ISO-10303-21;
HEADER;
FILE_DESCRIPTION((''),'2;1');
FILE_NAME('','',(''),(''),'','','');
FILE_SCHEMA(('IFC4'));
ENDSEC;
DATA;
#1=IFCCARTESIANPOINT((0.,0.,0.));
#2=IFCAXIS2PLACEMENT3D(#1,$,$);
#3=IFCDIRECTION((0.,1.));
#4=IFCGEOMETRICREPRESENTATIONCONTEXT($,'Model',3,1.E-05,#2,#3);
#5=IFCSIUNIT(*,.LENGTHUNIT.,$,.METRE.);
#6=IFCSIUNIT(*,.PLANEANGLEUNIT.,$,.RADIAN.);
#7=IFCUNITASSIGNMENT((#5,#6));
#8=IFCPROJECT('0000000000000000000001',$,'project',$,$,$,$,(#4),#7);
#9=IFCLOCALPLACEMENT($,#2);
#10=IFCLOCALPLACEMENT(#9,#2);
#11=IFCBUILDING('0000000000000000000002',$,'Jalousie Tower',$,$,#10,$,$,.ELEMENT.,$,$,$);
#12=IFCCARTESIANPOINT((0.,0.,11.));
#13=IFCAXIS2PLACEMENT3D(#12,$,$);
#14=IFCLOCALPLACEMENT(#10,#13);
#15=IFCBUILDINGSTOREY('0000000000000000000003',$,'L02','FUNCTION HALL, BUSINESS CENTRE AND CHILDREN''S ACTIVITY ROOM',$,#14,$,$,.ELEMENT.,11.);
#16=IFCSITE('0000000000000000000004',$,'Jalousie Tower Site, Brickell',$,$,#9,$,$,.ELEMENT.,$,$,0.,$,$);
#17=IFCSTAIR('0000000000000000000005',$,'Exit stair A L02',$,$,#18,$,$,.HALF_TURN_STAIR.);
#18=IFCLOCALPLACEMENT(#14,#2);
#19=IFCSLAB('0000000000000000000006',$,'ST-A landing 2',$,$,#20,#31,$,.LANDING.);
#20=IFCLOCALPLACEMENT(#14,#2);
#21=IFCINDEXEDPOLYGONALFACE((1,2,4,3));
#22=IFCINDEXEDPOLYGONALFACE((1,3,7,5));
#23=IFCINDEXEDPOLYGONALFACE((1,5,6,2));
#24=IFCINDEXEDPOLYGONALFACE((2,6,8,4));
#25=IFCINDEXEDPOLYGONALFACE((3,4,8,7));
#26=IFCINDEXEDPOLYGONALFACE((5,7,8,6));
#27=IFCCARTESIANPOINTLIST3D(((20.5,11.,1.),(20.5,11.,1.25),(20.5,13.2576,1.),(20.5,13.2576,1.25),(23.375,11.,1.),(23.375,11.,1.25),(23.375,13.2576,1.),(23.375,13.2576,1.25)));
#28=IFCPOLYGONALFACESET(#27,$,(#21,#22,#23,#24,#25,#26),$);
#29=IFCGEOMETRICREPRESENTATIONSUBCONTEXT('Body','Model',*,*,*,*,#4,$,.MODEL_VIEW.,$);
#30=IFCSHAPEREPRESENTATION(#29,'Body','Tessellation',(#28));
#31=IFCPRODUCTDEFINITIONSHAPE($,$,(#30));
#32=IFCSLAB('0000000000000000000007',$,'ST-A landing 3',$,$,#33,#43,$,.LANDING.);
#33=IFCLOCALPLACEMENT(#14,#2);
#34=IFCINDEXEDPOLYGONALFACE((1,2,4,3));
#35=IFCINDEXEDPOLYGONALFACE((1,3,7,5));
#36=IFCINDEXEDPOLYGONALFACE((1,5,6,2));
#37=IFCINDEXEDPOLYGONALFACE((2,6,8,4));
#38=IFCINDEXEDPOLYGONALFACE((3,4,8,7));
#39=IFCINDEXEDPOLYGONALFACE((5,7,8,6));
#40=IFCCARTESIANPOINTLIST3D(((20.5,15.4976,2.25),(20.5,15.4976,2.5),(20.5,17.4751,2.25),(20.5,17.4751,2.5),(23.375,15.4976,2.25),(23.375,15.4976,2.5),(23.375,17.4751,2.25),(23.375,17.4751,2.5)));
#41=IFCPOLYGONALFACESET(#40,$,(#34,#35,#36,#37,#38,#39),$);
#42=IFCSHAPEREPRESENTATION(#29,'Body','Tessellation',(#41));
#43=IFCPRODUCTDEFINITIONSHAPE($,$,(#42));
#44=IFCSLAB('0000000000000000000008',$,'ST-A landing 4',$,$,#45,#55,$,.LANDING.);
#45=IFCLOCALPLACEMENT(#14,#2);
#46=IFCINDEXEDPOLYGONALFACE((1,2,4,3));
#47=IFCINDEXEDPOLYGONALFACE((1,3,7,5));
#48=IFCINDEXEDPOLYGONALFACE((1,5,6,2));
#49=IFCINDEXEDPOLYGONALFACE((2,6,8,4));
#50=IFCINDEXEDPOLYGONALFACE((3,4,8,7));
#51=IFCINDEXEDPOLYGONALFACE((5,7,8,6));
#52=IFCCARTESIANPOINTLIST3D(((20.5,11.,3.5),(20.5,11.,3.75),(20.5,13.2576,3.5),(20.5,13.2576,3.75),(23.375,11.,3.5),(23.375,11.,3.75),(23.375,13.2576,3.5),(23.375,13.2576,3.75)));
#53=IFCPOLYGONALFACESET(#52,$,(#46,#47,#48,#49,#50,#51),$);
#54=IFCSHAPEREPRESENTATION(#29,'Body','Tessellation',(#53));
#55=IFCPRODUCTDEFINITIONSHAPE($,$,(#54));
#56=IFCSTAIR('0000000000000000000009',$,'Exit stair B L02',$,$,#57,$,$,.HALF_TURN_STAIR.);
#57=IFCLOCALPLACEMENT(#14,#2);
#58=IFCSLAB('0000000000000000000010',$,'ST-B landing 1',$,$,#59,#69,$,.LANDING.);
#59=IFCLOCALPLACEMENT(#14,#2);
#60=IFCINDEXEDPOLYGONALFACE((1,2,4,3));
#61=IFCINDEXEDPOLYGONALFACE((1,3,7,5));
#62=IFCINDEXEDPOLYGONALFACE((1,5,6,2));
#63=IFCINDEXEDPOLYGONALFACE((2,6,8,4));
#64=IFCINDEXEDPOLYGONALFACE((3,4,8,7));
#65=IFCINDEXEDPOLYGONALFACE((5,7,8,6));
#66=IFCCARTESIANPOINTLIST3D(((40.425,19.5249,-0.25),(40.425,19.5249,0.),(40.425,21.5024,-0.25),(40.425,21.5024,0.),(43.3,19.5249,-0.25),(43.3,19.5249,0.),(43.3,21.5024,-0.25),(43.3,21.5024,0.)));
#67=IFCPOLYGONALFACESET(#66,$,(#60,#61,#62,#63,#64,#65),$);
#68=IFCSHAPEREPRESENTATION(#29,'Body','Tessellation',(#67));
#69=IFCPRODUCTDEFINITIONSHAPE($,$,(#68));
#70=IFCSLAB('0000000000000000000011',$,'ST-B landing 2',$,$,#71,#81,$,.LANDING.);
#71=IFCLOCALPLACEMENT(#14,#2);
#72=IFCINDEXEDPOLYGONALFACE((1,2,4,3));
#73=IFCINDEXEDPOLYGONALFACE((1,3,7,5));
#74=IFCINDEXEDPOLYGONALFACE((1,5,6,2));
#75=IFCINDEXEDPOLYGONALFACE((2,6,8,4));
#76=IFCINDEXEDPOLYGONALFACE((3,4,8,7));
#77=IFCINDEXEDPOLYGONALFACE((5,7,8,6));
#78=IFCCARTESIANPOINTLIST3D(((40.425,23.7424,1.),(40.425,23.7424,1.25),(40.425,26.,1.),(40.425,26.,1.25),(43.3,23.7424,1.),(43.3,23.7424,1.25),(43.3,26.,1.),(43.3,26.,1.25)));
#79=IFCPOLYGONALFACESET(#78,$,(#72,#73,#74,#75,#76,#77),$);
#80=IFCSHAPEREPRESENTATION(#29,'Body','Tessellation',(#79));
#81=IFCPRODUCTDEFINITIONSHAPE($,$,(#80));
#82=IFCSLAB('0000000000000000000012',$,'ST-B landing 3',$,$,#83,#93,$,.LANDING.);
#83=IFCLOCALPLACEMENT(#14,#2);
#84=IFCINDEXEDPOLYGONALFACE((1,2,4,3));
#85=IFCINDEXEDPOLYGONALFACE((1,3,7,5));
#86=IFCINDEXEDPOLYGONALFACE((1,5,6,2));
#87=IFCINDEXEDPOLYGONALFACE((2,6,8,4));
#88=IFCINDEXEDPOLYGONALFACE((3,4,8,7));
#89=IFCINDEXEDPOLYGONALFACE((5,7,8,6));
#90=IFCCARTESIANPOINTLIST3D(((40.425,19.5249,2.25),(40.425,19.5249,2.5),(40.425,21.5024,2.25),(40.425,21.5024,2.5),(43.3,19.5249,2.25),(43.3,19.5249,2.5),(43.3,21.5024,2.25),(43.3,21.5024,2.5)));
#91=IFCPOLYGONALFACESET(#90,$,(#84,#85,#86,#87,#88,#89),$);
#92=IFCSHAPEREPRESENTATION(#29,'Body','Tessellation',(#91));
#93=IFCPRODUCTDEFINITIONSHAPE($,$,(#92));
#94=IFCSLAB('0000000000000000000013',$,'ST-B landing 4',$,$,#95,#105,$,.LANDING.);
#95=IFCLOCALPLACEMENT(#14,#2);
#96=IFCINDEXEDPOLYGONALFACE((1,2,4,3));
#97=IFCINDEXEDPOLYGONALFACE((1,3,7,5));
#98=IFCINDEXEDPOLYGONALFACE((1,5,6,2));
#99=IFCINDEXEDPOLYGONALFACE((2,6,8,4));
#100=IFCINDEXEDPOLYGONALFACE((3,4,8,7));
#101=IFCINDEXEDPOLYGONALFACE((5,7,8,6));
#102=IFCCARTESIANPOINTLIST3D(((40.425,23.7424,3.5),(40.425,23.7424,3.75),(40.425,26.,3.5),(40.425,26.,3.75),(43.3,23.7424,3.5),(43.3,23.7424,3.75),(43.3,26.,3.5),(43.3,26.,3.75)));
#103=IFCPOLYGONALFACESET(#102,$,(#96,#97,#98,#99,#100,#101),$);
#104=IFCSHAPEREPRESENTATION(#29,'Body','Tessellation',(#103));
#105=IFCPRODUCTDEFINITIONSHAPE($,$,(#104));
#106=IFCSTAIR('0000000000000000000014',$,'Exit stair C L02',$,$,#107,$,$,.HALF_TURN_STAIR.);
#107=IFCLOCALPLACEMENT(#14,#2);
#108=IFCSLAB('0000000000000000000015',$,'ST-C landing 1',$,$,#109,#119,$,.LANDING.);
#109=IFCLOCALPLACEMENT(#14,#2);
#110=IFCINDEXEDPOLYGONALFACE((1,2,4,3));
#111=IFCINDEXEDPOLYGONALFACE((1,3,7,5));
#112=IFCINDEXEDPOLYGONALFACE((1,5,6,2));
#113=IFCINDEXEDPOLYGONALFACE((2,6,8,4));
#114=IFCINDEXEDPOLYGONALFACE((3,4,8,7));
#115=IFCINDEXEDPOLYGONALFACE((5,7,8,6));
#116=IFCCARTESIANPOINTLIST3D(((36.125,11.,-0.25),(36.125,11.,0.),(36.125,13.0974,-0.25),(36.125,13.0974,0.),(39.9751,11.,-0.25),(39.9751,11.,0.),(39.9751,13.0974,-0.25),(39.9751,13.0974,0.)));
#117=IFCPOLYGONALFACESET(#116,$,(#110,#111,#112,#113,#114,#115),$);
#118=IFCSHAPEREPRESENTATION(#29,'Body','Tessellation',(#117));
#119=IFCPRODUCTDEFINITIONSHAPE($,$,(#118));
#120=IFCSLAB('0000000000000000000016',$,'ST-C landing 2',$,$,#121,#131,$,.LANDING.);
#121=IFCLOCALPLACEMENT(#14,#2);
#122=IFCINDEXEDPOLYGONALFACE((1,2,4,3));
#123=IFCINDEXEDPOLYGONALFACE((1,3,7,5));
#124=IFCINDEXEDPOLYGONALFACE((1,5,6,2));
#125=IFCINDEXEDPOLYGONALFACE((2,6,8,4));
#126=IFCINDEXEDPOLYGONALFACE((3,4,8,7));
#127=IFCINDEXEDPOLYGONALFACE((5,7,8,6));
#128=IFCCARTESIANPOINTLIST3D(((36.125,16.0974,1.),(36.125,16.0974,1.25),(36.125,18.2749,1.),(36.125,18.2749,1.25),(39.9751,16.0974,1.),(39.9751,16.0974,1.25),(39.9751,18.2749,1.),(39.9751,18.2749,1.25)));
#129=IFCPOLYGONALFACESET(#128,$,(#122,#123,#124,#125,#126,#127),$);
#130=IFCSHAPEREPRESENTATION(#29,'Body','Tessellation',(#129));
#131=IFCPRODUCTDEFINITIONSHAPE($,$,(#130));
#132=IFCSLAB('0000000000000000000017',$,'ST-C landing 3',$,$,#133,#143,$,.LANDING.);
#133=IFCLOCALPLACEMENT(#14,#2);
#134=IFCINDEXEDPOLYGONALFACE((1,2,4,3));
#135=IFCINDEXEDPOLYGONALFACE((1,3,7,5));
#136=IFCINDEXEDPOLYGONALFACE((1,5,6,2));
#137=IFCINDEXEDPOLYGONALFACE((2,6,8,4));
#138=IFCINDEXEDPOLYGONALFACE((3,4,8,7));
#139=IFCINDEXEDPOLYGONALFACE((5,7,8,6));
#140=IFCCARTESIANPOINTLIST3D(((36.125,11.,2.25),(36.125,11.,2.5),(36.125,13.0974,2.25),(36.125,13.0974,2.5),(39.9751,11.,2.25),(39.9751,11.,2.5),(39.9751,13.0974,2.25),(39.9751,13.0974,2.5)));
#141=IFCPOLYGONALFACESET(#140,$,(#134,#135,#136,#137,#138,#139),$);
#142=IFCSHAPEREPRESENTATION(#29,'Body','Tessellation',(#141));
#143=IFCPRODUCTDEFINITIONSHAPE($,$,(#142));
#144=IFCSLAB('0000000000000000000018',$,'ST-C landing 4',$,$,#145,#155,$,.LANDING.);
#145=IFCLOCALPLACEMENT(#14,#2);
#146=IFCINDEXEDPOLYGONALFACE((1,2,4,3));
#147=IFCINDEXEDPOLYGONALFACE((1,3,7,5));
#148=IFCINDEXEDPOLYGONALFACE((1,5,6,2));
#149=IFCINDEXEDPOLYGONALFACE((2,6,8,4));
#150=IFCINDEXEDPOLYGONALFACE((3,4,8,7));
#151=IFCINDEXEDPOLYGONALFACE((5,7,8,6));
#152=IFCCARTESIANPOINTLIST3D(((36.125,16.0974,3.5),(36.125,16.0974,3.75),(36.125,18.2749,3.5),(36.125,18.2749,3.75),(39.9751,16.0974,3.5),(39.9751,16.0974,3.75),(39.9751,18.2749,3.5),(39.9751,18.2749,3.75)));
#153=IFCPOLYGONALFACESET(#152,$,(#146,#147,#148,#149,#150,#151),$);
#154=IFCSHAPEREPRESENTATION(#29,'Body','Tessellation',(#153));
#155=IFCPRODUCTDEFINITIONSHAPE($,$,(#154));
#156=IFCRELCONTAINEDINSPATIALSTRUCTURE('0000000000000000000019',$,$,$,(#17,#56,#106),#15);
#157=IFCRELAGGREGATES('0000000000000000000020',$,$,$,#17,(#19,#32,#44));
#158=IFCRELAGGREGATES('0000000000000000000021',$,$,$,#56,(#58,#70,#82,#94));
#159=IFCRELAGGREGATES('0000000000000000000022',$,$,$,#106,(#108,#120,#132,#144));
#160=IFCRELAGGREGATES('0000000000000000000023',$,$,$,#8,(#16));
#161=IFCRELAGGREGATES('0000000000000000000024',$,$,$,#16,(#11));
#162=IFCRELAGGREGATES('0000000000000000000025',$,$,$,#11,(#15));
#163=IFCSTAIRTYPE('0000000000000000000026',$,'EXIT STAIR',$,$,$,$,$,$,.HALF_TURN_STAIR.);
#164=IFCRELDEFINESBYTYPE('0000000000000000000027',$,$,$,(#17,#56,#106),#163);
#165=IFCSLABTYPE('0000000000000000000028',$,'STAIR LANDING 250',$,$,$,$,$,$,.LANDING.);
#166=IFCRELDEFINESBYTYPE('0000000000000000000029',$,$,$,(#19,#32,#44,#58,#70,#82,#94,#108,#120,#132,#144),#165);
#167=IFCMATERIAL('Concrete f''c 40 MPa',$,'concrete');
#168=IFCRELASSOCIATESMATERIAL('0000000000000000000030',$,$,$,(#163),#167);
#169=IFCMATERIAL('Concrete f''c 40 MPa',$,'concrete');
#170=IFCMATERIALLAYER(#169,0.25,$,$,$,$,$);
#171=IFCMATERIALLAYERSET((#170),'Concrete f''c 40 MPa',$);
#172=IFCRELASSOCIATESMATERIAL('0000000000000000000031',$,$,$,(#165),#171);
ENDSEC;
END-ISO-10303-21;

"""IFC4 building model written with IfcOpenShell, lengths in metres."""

from ifc_helpers import new_model, si_unit, direction, frame, origin, place, context, subcontext, project, spatial, polyline, outline, extrude, material, layer, layer_set, type_object, element, aggregate, save


model = new_model("IFC4")

# Units and contexts
model_context = context("Model", 3, precision=1e-05, world=origin(), true_north=direction((0.0, 1.0)))
body_context = subcontext(model_context, "Body", "Model", "MODEL_VIEW")
ifc_project = project(units=[si_unit("LENGTHUNIT", "METRE"), si_unit("PLANEANGLEUNIT", "RADIAN")], contexts=[model_context])

# Site, building, storey
site_placement = place(None, origin())
site = spatial("IfcSite", under=ifc_project, at=site_placement, Name="Jalousie Tower Site, Brickell", CompositionType="ELEMENT", RefElevation=0.0)
building_placement = place(site_placement, origin())
building = spatial("IfcBuilding", under=site, at=building_placement, Name="Jalousie Tower", CompositionType="ELEMENT")
storey_placement = place(building_placement, frame((0.0, 0.0, 11.0)))
storey = spatial("IfcBuildingStorey", under=building, at=storey_placement, Name="L02", Description="FUNCTION HALL, BUSINESS CENTRE AND CHILDREN'S ACTIVITY ROOM", CompositionType="ELEMENT", Elevation=11.0)

# Stairs, slabs
ifc_material_1 = material(Name="Concrete f'c 40 MPa", Category="concrete")
stair_type = type_object("IfcStairType", Name="EXIT STAIR", PredefinedType="HALF_TURN_STAIR", material=ifc_material_1)
stair_1_placement = place(storey_placement, origin())
stair_1 = element("IfcStair", 1, at=stair_1_placement, inside=storey, type_object=stair_type, Name="Exit stair A L02", PredefinedType="HALF_TURN_STAIR")
ifc_material_2 = material(Name="Concrete f'c 40 MPa", Category="concrete")
ifc_layer_1 = layer(ifc_material_2, 0.25)
ifc_layer_set_1 = layer_set([ifc_layer_1], Name="Concrete f'c 40 MPa")
slab_type_1 = type_object("IfcSlabType", Name="STAIR LANDING 250", PredefinedType="LANDING", material=ifc_layer_set_1)
slab_1_placement = place(storey_placement, frame((0.0, 0.0, 1.0)))
slab_1 = element("IfcSlab", 2, at=slab_1_placement, type_object=slab_type_1, Name="ST-A landing 2", PredefinedType="LANDING", context=body_context, shape_type="SweptSolid", body=[
    extrude(outline(polyline([(20.5, 11.0), (23.375, 11.0), (23.375, 13.2576), (20.5, 13.2576), (20.5, 11.0)])), origin(), (0.0, 0.0, 1.0), 0.25),
])
slab_2_placement = place(storey_placement, frame((0.0, 0.0, 2.25)))
slab_2 = element("IfcSlab", 3, at=slab_2_placement, type_object=slab_type_1, Name="ST-A landing 3", PredefinedType="LANDING", context=body_context, shape_type="SweptSolid", body=[
    extrude(outline(polyline([(20.5, 15.4976), (23.375, 15.4976), (23.375, 17.4751), (20.5, 17.4751), (20.5, 15.4976)])), origin(), (0.0, 0.0, 1.0), 0.25),
])
slab_3_placement = place(storey_placement, frame((0.0, 0.0, 3.5)))
slab_3 = element("IfcSlab", 4, at=slab_3_placement, type_object=slab_type_1, Name="ST-A landing 4", PredefinedType="LANDING", context=body_context, shape_type="SweptSolid", body=[
    extrude(outline(polyline([(20.5, 11.0), (23.375, 11.0), (23.375, 13.2576), (20.5, 13.2576), (20.5, 11.0)])), origin(), (0.0, 0.0, 1.0), 0.25),
])
aggregate(stair_1, [slab_1, slab_2, slab_3])
stair_2_placement = place(storey_placement, origin())
stair_2 = element("IfcStair", 5, at=stair_2_placement, inside=storey, type_object=stair_type, Name="Exit stair B L02", PredefinedType="HALF_TURN_STAIR")
slab_4_placement = place(storey_placement, frame((0.0, 0.0, -0.25)))
slab_4 = element("IfcSlab", 6, at=slab_4_placement, type_object=slab_type_1, Name="ST-B landing 1", PredefinedType="LANDING", context=body_context, shape_type="SweptSolid", body=[
    extrude(outline(polyline([(40.425, 19.5249), (43.3, 19.5249), (43.3, 21.5024), (40.425, 21.5024), (40.425, 19.5249)])), origin(), (0.0, 0.0, 1.0), 0.25),
])
slab_5_placement = place(storey_placement, frame((0.0, 0.0, 1.0)))
slab_5 = element("IfcSlab", 7, at=slab_5_placement, type_object=slab_type_1, Name="ST-B landing 2", PredefinedType="LANDING", context=body_context, shape_type="SweptSolid", body=[
    extrude(outline(polyline([(40.425, 23.7424), (43.3, 23.7424), (43.3, 26.0), (40.425, 26.0), (40.425, 23.7424)])), origin(), (0.0, 0.0, 1.0), 0.25),
])
slab_6_placement = place(storey_placement, frame((0.0, 0.0, 2.25)))
slab_6 = element("IfcSlab", 8, at=slab_6_placement, type_object=slab_type_1, Name="ST-B landing 3", PredefinedType="LANDING", context=body_context, shape_type="SweptSolid", body=[
    extrude(outline(polyline([(40.425, 19.5249), (43.3, 19.5249), (43.3, 21.5024), (40.425, 21.5024), (40.425, 19.5249)])), origin(), (0.0, 0.0, 1.0), 0.25),
])
slab_7_placement = place(storey_placement, frame((0.0, 0.0, 3.5)))
slab_7 = element("IfcSlab", 9, at=slab_7_placement, type_object=slab_type_1, Name="ST-B landing 4", PredefinedType="LANDING", context=body_context, shape_type="SweptSolid", body=[
    extrude(outline(polyline([(40.425, 23.7424), (43.3, 23.7424), (43.3, 26.0), (40.425, 26.0), (40.425, 23.7424)])), origin(), (0.0, 0.0, 1.0), 0.25),
])
aggregate(stair_2, [slab_4, slab_5, slab_6, slab_7])
stair_3_placement = place(storey_placement, origin())
stair_3 = element("IfcStair", 10, at=stair_3_placement, inside=storey, type_object=stair_type, Name="Exit stair C L02", PredefinedType="HALF_TURN_STAIR")
slab_8_placement = place(storey_placement, frame((0.0, 0.0, -0.25)))
slab_8 = element("IfcSlab", 11, at=slab_8_placement, type_object=slab_type_1, Name="ST-C landing 1", PredefinedType="LANDING", context=body_context, shape_type="SweptSolid", body=[
    extrude(outline(polyline([(36.125, 11.0), (39.9751, 11.0), (39.9751, 13.0974), (36.125, 13.0974), (36.125, 11.0)])), origin(), (0.0, 0.0, 1.0), 0.25),
])
slab_9_placement = place(storey_placement, frame((0.0, 0.0, 1.0)))
slab_9 = element("IfcSlab", 12, at=slab_9_placement, type_object=slab_type_1, Name="ST-C landing 2", PredefinedType="LANDING", context=body_context, shape_type="SweptSolid", body=[
    extrude(outline(polyline([(36.125, 16.0974), (39.9751, 16.0974), (39.9751, 18.2749), (36.125, 18.2749), (36.125, 16.0974)])), origin(), (0.0, 0.0, 1.0), 0.25),
])
slab_10_placement = place(storey_placement, frame((0.0, 0.0, 2.25)))
slab_10 = element("IfcSlab", 13, at=slab_10_placement, type_object=slab_type_1, Name="ST-C landing 3", PredefinedType="LANDING", context=body_context, shape_type="SweptSolid", body=[
    extrude(outline(polyline([(36.125, 11.0), (39.9751, 11.0), (39.9751, 13.0974), (36.125, 13.0974), (36.125, 11.0)])), origin(), (0.0, 0.0, 1.0), 0.25),
])
slab_11_placement = place(storey_placement, frame((0.0, 0.0, 3.5)))
slab_11 = element("IfcSlab", 14, at=slab_11_placement, type_object=slab_type_1, Name="ST-C landing 4", PredefinedType="LANDING", context=body_context, shape_type="SweptSolid", body=[
    extrude(outline(polyline([(36.125, 16.0974), (39.9751, 16.0974), (39.9751, 18.2749), (36.125, 18.2749), (36.125, 16.0974)])), origin(), (0.0, 0.0, 1.0), 0.25),
])
aggregate(stair_3, [slab_8, slab_9, slab_10, slab_11])

save(model, "model.ifc")
